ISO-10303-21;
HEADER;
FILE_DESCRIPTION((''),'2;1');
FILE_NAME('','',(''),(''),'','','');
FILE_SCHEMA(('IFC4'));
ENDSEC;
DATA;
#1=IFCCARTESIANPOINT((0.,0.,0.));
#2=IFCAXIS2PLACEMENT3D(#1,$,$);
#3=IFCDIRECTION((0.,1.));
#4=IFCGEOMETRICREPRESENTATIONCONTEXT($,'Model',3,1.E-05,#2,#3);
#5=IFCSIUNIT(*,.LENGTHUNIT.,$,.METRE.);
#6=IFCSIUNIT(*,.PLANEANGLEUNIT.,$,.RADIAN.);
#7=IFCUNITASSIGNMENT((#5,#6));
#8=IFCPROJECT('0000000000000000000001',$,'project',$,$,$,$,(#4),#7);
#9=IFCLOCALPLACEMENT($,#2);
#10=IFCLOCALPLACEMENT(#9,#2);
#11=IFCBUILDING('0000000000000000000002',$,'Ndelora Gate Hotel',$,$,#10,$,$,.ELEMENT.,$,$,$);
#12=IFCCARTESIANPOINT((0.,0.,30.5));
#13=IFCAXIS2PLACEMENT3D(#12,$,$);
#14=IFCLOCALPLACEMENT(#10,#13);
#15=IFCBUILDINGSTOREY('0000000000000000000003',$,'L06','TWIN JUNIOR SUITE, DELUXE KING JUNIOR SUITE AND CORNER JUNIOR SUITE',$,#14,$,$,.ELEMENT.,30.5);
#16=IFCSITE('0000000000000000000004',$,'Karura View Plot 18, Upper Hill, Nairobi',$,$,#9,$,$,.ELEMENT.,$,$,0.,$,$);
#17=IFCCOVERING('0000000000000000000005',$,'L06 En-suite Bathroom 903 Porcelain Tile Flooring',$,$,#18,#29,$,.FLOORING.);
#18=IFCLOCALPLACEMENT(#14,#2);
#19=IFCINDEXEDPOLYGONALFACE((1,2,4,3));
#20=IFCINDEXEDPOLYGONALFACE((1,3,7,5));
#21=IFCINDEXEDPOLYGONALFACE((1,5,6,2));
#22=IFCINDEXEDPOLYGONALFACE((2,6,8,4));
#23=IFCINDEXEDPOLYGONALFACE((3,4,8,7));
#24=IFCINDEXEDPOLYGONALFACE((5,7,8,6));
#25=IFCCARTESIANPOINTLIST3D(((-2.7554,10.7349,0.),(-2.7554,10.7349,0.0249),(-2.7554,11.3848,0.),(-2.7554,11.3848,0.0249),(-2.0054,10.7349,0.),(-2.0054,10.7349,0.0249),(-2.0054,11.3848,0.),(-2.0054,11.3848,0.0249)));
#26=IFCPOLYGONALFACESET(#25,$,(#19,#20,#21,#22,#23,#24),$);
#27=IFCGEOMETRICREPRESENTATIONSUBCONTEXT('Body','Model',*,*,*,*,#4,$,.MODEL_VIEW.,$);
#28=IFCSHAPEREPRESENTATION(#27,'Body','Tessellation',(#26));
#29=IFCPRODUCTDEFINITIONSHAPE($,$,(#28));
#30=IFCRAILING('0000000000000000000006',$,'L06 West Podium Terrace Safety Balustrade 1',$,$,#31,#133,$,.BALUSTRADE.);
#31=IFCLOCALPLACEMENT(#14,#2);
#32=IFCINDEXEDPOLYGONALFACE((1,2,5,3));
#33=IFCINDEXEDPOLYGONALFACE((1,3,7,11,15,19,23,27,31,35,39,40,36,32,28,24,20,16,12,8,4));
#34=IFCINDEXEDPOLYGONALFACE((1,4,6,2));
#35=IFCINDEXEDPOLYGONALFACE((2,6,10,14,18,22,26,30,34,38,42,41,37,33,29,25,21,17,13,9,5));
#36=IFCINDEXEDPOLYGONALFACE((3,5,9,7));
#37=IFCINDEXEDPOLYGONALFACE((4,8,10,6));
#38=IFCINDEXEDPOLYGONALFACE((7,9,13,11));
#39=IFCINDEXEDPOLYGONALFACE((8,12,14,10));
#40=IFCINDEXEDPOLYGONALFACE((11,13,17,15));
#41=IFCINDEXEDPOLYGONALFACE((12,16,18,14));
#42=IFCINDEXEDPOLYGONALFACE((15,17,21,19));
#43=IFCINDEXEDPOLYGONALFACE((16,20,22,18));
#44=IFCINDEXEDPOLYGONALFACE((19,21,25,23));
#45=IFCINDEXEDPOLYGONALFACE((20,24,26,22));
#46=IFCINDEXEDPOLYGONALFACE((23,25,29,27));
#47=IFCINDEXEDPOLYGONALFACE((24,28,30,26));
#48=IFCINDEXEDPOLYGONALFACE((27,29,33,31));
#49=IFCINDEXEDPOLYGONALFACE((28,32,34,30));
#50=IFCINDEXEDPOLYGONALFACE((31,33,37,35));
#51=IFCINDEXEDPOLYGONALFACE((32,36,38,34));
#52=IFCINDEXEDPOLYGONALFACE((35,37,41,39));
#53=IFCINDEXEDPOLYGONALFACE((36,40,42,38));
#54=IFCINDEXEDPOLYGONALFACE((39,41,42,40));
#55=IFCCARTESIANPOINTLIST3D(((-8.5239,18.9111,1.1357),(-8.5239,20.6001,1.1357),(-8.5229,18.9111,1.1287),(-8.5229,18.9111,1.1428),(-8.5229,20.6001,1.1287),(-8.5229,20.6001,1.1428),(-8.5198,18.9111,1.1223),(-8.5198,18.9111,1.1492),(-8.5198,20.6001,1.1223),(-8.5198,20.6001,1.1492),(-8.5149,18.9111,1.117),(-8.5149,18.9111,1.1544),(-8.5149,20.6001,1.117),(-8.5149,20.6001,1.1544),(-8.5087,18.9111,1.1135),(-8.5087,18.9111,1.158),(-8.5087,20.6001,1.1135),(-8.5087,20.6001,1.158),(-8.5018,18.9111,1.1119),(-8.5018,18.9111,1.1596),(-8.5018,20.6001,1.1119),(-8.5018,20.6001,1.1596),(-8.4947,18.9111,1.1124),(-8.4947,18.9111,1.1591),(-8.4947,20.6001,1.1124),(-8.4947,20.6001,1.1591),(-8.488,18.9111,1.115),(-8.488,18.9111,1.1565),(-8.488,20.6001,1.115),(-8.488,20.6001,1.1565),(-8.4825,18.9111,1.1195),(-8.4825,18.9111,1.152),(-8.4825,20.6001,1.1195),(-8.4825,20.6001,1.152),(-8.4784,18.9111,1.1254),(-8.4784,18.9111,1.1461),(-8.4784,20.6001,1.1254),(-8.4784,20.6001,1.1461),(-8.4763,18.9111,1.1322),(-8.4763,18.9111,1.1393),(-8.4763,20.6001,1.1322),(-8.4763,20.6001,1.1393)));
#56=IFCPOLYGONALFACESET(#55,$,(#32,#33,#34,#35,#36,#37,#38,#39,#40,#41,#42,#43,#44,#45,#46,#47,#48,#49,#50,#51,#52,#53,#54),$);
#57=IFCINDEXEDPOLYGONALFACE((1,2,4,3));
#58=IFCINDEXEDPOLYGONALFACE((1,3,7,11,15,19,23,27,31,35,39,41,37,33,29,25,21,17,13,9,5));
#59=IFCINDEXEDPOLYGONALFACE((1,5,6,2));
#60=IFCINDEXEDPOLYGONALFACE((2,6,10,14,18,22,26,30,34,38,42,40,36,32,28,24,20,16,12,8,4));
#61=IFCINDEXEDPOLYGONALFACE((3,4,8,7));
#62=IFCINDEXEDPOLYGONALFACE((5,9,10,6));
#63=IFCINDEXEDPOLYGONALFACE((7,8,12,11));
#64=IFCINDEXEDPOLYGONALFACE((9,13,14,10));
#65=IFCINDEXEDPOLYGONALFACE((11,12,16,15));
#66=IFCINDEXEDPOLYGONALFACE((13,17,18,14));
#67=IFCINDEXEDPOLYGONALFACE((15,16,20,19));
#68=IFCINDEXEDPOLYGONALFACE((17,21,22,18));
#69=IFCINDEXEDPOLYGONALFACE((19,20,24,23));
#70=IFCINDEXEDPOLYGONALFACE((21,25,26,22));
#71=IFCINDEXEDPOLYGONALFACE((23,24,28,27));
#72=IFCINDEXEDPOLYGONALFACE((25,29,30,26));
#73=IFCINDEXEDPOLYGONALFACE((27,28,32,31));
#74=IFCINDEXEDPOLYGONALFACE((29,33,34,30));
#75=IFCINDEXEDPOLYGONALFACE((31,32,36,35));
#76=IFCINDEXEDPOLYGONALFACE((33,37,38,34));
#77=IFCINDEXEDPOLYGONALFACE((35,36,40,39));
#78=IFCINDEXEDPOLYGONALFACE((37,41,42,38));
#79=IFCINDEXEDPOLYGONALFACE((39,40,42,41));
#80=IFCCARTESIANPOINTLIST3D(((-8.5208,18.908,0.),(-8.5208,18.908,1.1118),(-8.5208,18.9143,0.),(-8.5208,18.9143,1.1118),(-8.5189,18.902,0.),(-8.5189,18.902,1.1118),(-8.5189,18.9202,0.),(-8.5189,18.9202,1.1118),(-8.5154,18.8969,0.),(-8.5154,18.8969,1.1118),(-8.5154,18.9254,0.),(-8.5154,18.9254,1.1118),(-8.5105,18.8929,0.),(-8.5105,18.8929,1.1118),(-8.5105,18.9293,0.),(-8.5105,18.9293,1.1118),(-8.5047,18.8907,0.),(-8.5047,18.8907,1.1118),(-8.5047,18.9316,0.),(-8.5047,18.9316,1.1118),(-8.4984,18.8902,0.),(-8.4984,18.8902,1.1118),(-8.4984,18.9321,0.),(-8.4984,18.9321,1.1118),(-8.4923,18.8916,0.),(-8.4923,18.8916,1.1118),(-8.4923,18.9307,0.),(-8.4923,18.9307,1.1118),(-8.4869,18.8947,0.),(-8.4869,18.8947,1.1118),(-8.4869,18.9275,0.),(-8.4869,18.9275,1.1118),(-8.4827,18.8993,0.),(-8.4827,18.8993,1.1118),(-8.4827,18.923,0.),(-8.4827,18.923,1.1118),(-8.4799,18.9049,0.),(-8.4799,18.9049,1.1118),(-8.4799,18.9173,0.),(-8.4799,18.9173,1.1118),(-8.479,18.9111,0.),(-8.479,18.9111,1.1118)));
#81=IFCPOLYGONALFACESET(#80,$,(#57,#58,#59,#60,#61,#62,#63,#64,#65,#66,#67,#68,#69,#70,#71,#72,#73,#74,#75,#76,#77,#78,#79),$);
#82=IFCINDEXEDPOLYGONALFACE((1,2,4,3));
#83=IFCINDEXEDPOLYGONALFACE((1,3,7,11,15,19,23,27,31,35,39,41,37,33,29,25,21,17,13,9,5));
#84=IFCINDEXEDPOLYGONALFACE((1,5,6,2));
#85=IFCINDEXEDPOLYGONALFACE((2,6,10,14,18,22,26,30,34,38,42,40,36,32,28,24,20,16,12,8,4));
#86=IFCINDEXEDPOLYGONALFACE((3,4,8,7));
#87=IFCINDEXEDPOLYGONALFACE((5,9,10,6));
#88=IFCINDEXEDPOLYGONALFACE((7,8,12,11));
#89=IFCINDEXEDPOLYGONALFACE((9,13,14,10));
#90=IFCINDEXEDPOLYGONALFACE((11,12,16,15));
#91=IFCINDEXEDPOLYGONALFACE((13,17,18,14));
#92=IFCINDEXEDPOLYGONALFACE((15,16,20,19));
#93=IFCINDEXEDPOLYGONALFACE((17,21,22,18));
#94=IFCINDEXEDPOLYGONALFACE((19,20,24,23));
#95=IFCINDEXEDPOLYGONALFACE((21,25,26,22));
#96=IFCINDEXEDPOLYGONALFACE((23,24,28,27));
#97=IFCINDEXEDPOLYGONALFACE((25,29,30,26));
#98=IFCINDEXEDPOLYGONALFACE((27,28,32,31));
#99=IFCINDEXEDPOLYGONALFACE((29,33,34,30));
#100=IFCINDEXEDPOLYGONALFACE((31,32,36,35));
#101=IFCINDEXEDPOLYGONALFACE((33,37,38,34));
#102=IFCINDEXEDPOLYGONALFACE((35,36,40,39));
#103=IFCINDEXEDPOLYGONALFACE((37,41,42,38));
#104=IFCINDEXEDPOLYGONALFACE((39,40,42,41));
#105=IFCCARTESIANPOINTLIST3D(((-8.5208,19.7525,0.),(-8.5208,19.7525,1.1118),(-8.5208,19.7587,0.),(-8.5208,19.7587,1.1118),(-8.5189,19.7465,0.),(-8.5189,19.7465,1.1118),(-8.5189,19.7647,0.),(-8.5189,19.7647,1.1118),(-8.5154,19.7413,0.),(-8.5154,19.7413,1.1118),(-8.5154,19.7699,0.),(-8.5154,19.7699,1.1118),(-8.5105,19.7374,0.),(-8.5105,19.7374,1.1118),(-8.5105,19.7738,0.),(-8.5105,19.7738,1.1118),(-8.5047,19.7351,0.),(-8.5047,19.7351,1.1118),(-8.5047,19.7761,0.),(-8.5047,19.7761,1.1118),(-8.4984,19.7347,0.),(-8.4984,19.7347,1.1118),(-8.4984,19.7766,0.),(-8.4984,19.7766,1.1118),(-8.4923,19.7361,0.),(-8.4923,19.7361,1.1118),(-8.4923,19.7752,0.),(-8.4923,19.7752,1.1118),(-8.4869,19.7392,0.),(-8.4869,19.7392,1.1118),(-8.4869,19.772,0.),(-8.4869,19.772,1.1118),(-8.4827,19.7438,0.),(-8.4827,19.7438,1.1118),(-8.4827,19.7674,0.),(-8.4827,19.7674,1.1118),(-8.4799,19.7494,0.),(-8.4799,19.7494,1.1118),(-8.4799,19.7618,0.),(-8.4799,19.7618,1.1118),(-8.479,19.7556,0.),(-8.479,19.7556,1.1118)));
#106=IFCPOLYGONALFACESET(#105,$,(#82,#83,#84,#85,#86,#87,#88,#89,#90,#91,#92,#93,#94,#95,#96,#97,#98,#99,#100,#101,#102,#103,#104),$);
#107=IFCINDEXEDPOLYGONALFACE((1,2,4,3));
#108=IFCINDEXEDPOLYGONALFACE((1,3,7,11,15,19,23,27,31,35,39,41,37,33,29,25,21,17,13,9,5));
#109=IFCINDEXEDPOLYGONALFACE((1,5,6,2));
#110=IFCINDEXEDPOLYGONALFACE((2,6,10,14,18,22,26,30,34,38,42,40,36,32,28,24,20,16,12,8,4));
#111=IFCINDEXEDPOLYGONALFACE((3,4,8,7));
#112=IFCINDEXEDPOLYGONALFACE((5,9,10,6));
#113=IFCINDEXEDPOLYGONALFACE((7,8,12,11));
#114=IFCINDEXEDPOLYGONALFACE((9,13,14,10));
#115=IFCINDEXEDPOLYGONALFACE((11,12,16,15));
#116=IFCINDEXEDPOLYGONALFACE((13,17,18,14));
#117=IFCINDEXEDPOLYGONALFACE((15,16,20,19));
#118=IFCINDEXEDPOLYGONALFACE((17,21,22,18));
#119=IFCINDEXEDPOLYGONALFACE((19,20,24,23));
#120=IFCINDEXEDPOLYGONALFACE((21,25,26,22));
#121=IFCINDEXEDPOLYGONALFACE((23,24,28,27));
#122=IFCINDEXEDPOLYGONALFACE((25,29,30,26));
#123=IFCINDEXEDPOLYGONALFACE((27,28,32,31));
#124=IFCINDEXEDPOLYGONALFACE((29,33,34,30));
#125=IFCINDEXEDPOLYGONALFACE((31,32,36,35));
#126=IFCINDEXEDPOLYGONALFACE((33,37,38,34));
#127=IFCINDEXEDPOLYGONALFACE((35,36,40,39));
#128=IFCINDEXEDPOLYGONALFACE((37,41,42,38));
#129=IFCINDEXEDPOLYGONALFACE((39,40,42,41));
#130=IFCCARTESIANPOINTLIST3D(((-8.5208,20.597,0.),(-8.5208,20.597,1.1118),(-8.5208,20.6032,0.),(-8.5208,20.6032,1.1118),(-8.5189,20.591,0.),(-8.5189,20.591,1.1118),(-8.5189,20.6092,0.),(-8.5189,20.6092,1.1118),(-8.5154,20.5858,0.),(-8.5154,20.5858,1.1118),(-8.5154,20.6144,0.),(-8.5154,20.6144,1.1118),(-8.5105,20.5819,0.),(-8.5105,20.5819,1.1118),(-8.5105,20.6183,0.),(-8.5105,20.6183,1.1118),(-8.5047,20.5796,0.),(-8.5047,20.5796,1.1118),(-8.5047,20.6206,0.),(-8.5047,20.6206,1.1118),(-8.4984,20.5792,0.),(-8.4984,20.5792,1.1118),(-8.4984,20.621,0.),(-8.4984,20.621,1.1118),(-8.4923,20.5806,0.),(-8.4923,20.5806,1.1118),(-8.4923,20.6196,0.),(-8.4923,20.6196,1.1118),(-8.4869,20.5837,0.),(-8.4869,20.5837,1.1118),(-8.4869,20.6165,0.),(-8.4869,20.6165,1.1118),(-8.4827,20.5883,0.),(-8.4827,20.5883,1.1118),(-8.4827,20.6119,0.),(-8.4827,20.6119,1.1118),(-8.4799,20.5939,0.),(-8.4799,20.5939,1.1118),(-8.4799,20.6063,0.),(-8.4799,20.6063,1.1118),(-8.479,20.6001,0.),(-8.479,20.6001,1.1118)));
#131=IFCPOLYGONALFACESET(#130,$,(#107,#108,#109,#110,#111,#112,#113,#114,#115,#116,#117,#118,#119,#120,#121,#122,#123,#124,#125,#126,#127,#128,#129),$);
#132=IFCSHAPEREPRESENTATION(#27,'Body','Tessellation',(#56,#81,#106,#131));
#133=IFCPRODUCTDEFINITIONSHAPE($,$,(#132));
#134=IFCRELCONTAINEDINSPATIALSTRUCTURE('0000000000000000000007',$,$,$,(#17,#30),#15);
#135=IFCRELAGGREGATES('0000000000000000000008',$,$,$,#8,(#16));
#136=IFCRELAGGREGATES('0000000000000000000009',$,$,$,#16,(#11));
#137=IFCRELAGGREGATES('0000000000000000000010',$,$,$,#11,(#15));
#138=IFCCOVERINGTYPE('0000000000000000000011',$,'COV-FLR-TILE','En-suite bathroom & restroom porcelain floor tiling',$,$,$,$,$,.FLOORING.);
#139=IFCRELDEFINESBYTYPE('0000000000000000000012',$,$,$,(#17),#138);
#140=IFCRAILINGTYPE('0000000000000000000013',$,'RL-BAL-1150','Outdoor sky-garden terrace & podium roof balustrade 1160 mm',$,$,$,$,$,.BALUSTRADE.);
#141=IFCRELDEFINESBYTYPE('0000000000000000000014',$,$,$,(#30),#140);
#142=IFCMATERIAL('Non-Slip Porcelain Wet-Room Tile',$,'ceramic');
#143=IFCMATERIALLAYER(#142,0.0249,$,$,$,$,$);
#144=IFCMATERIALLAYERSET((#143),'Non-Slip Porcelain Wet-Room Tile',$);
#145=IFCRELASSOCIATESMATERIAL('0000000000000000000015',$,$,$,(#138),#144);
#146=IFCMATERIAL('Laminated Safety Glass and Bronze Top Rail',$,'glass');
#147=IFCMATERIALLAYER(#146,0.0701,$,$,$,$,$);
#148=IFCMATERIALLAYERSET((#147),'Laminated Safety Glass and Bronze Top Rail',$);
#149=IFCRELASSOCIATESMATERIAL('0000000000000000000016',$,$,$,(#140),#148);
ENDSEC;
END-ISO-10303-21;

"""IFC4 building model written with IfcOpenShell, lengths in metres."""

from ifc_helpers import new_model, si_unit, direction, frame, origin, origin_2d, place, context, subcontext, project, spatial, rectangle, circle, extrude, material, layer, layer_set, type_object, element, save


model = new_model("IFC4")

# Units and contexts
model_context = context("Model", 3, precision=1e-05, world=origin(), true_north=direction((0.0, 1.0)))
body_context = subcontext(model_context, "Body", "Model", "MODEL_VIEW")
ifc_project = project(units=[si_unit("LENGTHUNIT", "METRE"), si_unit("PLANEANGLEUNIT", "RADIAN")], contexts=[model_context])

# Site, building, storey
site_placement = place(None, origin())
site = spatial("IfcSite", under=ifc_project, at=site_placement, Name="Karura View Plot 18, Upper Hill, Nairobi", CompositionType="ELEMENT", RefElevation=0.0)
building_placement = place(site_placement, origin())
building = spatial("IfcBuilding", under=site, at=building_placement, Name="Ndelora Gate Hotel", CompositionType="ELEMENT")
storey_placement = place(building_placement, frame((0.0, 0.0, 30.5)))
storey = spatial("IfcBuildingStorey", under=building, at=storey_placement, Name="L06", Description="TWIN JUNIOR SUITE, DELUXE KING JUNIOR SUITE AND CORNER JUNIOR SUITE", CompositionType="ELEMENT", Elevation=30.5)

# Covering
ifc_material_1 = material(Name="Non-Slip Porcelain Wet-Room Tile", Category="ceramic")
ifc_layer_1 = layer(ifc_material_1, 0.0249)
ifc_layer_set_1 = layer_set([ifc_layer_1], Name="Non-Slip Porcelain Wet-Room Tile")
covering_type_1 = type_object("IfcCoveringType", Name="COV-FLR-TILE", Description="En-suite bathroom & restroom porcelain floor tiling", PredefinedType="FLOORING", material=ifc_layer_set_1)
covering_1_placement = place(storey_placement, frame((-2.3804, 11.0598, 0.0), z_axis=(0.0, 0.0, 1.0), x_axis=(1.0, 0.0, 0.0)))
element("IfcCovering", 1, at=covering_1_placement, inside=storey, type_object=covering_type_1, Name="L06 En-suite Bathroom 903 Porcelain Tile Flooring", PredefinedType="FLOORING", context=body_context, shape_type="SweptSolid", body=[
    extrude(rectangle(XDim=0.75, YDim=0.6499, at=origin_2d()), origin(), (0.0, 0.0, 1.0), 0.0249),
])

# Railing
ifc_material_2 = material(Name="Laminated Safety Glass and Bronze Top Rail", Category="glass")
ifc_layer_2 = layer(ifc_material_2, 0.0701)
ifc_layer_set_2 = layer_set([ifc_layer_2], Name="Laminated Safety Glass and Bronze Top Rail")
railing_type = type_object("IfcRailingType", Name="RL-BAL-1150", Description="Outdoor sky-garden terrace & podium roof balustrade 1160 mm", PredefinedType="BALUSTRADE", material=ifc_layer_set_2)
railing_1_placement = place(storey_placement, frame((-8.5, 18.9111, 0.0)))
element("IfcRailing", 2, at=railing_1_placement, inside=storey, type_object=railing_type, Name="L06 West Podium Terrace Safety Balustrade 1", PredefinedType="BALUSTRADE", context=body_context, shape_type="SweptSolid", body=[
    extrude(circle(Radius=0.0239, at=origin_2d()), frame((0.0, 0.0, 1.1357), z_axis=(0.0, 1.0, 0.0), x_axis=(-1.0, 0.0, 0.0)), (0.0, 0.0, 1.0), 1.689),
    extrude(circle(Radius=0.021, at=origin_2d()), origin(), (0.0, 0.0, 1.0), 1.1118),
    extrude(circle(Radius=0.021, at=origin_2d()), frame((0.0, 0.8445, 0.0)), (0.0, 0.0, 1.0), 1.1118),
    extrude(circle(Radius=0.021, at=origin_2d()), frame((0.0, 1.689, 0.0)), (0.0, 0.0, 1.0), 1.1118),
])

save(model, "model.ifc")
